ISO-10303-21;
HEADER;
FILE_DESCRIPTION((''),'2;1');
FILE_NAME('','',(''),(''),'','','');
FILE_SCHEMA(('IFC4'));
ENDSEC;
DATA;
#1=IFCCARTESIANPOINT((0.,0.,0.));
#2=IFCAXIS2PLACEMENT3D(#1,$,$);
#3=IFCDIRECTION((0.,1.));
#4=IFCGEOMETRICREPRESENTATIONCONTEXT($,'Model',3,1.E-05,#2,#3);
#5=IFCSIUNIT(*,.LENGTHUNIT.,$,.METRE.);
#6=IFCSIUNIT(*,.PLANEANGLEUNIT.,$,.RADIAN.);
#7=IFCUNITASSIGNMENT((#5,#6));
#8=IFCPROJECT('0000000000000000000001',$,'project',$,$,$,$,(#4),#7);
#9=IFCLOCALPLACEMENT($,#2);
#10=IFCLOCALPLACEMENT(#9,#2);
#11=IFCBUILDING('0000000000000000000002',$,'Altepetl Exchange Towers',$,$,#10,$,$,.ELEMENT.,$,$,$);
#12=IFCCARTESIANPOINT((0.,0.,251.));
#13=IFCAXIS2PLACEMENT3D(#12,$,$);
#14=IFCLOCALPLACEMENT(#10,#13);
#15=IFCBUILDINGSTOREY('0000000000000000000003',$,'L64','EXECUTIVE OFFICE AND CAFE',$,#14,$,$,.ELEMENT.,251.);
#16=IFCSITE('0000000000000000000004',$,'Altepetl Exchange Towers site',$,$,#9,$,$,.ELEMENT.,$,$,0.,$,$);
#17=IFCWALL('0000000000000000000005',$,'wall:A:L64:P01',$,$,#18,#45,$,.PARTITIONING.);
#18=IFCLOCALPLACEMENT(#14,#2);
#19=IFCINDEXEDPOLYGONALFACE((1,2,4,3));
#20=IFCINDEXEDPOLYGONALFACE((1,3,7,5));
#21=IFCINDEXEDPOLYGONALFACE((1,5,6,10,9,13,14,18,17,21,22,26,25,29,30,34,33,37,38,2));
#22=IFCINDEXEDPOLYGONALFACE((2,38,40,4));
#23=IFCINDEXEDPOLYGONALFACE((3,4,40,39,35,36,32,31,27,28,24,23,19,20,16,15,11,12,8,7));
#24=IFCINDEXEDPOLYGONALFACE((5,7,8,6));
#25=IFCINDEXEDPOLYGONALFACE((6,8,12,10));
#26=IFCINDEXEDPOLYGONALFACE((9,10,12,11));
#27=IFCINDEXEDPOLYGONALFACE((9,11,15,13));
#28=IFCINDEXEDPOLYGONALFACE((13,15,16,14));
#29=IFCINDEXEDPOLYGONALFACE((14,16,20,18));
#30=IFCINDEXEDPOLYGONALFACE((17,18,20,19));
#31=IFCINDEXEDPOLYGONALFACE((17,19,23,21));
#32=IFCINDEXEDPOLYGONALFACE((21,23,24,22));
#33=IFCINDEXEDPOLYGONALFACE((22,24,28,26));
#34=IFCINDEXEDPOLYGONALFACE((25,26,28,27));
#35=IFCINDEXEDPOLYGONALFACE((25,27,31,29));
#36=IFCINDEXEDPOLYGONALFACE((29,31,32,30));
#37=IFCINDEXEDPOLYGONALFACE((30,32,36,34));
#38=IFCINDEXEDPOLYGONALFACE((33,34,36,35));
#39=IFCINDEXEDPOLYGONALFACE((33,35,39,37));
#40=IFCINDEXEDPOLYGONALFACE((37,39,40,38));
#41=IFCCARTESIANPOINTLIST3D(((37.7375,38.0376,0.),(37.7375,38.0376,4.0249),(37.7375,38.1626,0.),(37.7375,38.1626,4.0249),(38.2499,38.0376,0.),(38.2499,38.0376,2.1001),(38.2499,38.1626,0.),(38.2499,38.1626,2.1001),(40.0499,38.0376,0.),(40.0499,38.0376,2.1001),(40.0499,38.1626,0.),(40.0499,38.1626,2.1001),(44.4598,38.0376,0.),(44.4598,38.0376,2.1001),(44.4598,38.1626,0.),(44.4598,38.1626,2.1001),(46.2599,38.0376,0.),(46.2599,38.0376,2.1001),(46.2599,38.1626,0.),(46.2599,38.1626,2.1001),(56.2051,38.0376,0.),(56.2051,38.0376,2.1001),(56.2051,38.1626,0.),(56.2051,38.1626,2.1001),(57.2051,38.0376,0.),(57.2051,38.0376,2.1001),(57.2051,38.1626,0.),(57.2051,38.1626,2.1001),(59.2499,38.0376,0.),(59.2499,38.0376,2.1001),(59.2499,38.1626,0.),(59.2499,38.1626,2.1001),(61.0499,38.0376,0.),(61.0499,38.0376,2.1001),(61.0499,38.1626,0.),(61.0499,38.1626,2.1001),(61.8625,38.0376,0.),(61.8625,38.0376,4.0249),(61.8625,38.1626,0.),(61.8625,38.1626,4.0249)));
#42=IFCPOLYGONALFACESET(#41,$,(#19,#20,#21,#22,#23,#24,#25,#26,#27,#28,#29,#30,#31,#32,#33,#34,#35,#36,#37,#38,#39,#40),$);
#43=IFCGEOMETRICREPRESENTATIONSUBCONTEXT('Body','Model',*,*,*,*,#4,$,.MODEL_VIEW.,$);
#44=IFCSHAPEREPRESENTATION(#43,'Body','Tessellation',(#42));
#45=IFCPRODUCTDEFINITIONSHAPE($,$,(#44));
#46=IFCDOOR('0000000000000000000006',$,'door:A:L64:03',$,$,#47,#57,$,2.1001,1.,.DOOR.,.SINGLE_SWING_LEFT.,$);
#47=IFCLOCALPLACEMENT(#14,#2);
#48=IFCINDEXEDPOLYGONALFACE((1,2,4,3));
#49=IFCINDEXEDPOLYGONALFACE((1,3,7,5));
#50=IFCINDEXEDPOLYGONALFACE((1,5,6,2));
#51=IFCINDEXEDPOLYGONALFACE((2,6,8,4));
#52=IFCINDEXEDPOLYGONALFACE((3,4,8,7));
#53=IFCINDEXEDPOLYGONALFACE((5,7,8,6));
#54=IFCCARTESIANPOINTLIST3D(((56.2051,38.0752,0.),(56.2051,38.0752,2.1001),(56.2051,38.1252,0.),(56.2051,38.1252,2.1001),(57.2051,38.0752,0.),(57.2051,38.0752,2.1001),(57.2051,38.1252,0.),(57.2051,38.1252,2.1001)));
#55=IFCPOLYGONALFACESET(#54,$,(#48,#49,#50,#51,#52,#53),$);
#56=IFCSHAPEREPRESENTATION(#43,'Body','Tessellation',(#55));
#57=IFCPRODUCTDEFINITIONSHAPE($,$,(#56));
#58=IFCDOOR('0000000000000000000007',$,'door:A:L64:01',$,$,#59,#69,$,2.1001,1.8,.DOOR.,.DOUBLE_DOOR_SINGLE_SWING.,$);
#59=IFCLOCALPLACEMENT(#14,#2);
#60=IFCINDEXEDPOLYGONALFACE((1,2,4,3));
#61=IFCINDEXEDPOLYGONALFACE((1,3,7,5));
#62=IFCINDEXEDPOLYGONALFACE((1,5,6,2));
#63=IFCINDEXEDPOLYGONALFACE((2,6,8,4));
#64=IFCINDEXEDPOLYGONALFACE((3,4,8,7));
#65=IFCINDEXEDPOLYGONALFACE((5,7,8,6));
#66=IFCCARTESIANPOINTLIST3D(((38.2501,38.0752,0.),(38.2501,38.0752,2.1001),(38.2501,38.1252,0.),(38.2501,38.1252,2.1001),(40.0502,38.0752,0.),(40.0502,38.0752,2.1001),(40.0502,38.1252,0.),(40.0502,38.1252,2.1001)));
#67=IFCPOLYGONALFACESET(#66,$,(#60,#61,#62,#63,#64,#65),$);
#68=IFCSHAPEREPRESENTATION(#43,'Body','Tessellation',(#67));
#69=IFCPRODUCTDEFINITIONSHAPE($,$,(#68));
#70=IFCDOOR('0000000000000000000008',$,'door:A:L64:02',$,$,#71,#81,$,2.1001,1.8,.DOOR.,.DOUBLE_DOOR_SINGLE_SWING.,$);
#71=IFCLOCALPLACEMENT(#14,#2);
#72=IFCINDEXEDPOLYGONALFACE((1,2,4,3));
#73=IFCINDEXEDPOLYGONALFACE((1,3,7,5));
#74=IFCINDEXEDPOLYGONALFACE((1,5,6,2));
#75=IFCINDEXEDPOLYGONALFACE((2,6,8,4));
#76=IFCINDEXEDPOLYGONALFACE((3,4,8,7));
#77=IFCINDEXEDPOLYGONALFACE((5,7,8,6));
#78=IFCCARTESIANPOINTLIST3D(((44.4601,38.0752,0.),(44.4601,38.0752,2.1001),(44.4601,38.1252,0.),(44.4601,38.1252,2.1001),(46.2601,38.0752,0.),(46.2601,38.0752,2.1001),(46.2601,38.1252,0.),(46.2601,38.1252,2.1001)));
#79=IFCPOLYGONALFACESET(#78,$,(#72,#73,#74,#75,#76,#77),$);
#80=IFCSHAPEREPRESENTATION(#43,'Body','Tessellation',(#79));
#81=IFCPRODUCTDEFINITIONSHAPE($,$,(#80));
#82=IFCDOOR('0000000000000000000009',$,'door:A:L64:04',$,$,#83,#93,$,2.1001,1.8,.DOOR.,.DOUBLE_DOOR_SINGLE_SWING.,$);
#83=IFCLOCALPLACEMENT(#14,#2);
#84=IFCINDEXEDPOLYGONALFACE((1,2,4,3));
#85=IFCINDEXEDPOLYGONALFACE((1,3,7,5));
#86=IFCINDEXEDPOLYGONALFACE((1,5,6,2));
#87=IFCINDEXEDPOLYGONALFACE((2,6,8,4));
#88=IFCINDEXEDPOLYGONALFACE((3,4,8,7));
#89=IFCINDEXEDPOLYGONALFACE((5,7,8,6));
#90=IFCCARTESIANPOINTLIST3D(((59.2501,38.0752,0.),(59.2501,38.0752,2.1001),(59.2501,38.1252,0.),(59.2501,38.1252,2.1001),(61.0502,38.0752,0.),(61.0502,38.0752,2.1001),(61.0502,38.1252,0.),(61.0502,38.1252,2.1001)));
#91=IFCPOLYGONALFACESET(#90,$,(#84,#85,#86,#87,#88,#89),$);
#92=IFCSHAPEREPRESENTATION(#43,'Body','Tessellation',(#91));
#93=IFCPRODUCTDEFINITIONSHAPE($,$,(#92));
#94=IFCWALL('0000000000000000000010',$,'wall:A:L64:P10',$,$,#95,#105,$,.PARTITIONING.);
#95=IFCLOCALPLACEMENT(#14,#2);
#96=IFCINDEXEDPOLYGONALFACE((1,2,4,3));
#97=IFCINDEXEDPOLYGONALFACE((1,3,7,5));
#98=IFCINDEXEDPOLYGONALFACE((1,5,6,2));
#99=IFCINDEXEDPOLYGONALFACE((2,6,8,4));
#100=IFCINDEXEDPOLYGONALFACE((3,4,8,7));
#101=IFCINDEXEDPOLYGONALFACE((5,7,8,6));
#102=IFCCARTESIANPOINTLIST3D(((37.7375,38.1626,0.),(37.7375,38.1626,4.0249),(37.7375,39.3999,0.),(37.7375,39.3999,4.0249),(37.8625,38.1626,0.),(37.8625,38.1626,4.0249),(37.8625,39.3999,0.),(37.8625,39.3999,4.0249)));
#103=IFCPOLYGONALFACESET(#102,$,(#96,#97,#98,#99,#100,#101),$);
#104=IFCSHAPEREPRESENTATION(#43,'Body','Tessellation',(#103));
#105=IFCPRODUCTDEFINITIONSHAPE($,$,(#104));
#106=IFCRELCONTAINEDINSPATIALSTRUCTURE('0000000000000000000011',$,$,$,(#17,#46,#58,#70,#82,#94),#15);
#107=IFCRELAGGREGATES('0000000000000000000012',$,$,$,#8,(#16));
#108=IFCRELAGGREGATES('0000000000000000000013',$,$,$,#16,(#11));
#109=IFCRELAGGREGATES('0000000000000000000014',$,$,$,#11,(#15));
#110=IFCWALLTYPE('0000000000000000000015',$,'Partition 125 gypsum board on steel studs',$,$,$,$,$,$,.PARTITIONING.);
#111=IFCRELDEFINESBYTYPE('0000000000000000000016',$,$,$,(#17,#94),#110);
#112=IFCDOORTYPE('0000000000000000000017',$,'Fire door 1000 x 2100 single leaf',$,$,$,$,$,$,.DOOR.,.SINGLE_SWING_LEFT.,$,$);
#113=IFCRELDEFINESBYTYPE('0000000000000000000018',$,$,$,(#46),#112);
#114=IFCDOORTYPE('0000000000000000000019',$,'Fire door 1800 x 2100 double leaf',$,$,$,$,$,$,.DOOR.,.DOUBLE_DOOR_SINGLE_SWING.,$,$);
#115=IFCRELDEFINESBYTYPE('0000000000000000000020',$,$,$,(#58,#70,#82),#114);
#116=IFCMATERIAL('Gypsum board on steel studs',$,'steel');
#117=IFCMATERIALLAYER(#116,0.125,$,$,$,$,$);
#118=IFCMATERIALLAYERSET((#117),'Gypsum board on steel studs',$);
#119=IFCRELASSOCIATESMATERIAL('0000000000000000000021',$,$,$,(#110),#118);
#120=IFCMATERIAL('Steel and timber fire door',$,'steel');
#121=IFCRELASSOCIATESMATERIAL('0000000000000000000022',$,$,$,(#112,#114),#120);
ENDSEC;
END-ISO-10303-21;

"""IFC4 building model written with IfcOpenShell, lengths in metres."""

from ifc_helpers import new_model, si_unit, direction, frame, frame_2d, origin, place, context, subcontext, project, spatial, rectangle, extrude, material, layer, layer_set, type_object, element, fill, save


model = new_model("IFC4")

# Units and contexts
model_context = context("Model", 3, precision=1e-05, world=origin(), true_north=direction((0.0, 1.0)))
body_context = subcontext(model_context, "Body", "Model", "MODEL_VIEW")
ifc_project = project(units=[si_unit("LENGTHUNIT", "METRE"), si_unit("PLANEANGLEUNIT", "RADIAN")], contexts=[model_context])

# Site, building, storey
site_placement = place(None, origin())
site = spatial("IfcSite", under=ifc_project, at=site_placement, Name="Altepetl Exchange Towers site", CompositionType="ELEMENT", RefElevation=0.0)
building_placement = place(site_placement, origin())
building = spatial("IfcBuilding", under=site, at=building_placement, Name="Altepetl Exchange Towers", CompositionType="ELEMENT")
storey_placement = place(building_placement, frame((0.0, 0.0, 251.0)))
storey = spatial("IfcBuildingStorey", under=building, at=storey_placement, Name="L64", Description="EXECUTIVE OFFICE AND CAFE", CompositionType="ELEMENT", Elevation=251.0)

# Wall, openings, doors
ifc_material_1 = material(Name="Gypsum board on steel studs", Category="steel")
ifc_layer_1 = layer(ifc_material_1, 0.125)
ifc_layer_set_1 = layer_set([ifc_layer_1], Name="Gypsum board on steel studs")
wall_type = type_object("IfcWallType", Name="Partition 125 gypsum board on steel studs", PredefinedType="PARTITIONING", material=ifc_layer_set_1)
wall_1_placement = place(storey_placement, frame((37.7375, 38.1001, 0.0)))
wall_1 = element("IfcWall", 1, at=wall_1_placement, inside=storey, type_object=wall_type, Name="wall:A:L64:P01", PredefinedType="PARTITIONING", context=body_context, shape_type="SweptSolid", body=[
    extrude(rectangle(XDim=24.125, YDim=0.125, at=frame_2d((12.0625, 0.0))), origin(), (0.0, 0.0, 1.0), 4.0249),
])
opening_1_placement = place(wall_1_placement, frame((0.5125, 0.0, 0.0)))
opening_1 = element("IfcOpeningElement", 2, at=opening_1_placement, cuts=wall_1, PredefinedType="OPENING", context=body_context, shape_type="SweptSolid", body=[
    extrude(rectangle(XDim=1.8, YDim=2.1001, at=frame_2d((0.8999, 1.05))), frame((0.0, 0.0725, 0.0), z_axis=(0.0, -1.0, 0.0), x_axis=(1.0, 0.0, 0.0)), (0.0, 0.0, 1.0), 0.145),
])
opening_2_placement = place(wall_1_placement, frame((6.7224, 0.0, 0.0)))
opening_2 = element("IfcOpeningElement", 3, at=opening_2_placement, cuts=wall_1, PredefinedType="OPENING", context=body_context, shape_type="SweptSolid", body=[
    extrude(rectangle(XDim=1.8, YDim=2.1001, at=frame_2d((0.8999, 1.05))), frame((0.0, 0.0725, 0.0), z_axis=(0.0, -1.0, 0.0), x_axis=(1.0, 0.0, 0.0)), (0.0, 0.0, 1.0), 0.145),
])
opening_3_placement = place(wall_1_placement, frame((18.4675, 0.0, 0.0)))
opening_3 = element("IfcOpeningElement", 4, at=opening_3_placement, cuts=wall_1, PredefinedType="OPENING", context=body_context, shape_type="SweptSolid", body=[
    extrude(rectangle(XDim=1.0, YDim=2.1001, at=frame_2d((0.5, 1.05))), frame((0.0, 0.0725, 0.0), z_axis=(0.0, -1.0, 0.0), x_axis=(1.0, 0.0, 0.0)), (0.0, 0.0, 1.0), 0.145),
])
opening_4_placement = place(wall_1_placement, frame((21.5125, 0.0, 0.0)))
opening_4 = element("IfcOpeningElement", 5, at=opening_4_placement, cuts=wall_1, PredefinedType="OPENING", context=body_context, shape_type="SweptSolid", body=[
    extrude(rectangle(XDim=1.8, YDim=2.1001, at=frame_2d((0.8999, 1.05))), frame((0.0, 0.0725, 0.0), z_axis=(0.0, -1.0, 0.0), x_axis=(1.0, 0.0, 0.0)), (0.0, 0.0, 1.0), 0.145),
])
ifc_material_2 = material(Name="Steel and timber fire door", Category="steel")
door_type_1 = type_object("IfcDoorType", Name="Fire door 1000 x 2100 single leaf", OperationType="SINGLE_SWING_LEFT", PredefinedType="DOOR", material=ifc_material_2)
door_1_placement = place(opening_3_placement, frame((1.0, 0.0, 0.0), x_axis=(-1.0, 0.0, 0.0)))
door_1 = element("IfcDoor", 6, at=door_1_placement, inside=storey, type_object=door_type_1, Name="door:A:L64:03", OperationType="SINGLE_SWING_LEFT", OverallHeight=2.1001, OverallWidth=1.0, PredefinedType="DOOR", context=body_context, shape_type="SweptSolid", body=[
    extrude(rectangle(XDim=1.0, YDim=2.1001, at=frame_2d((0.5, 1.05))), frame((0.0, 0.0249, 0.0), z_axis=(0.0, -1.0, 0.0), x_axis=(1.0, 0.0, 0.0)), (0.0, 0.0, 1.0), 0.05),
])
fill(opening_3, door_1)
door_type_2 = type_object("IfcDoorType", Name="Fire door 1800 x 2100 double leaf", OperationType="DOUBLE_DOOR_SINGLE_SWING", PredefinedType="DOOR", material=ifc_material_2)
door_2_placement = place(opening_1_placement, frame((1.8, 0.0, 0.0), x_axis=(-1.0, 0.0, 0.0)))
door_2 = element("IfcDoor", 7, at=door_2_placement, inside=storey, type_object=door_type_2, Name="door:A:L64:01", OperationType="DOUBLE_DOOR_SINGLE_SWING", OverallHeight=2.1001, OverallWidth=1.8, PredefinedType="DOOR", context=body_context, shape_type="SweptSolid", body=[
    extrude(rectangle(XDim=1.8, YDim=2.1001, at=frame_2d((0.8999, 1.05))), frame((0.0, 0.0249, 0.0), z_axis=(0.0, -1.0, 0.0), x_axis=(1.0, 0.0, 0.0)), (0.0, 0.0, 1.0), 0.05),
])
fill(opening_1, door_2)
door_3_placement = place(opening_2_placement, frame((1.8, 0.0, 0.0), x_axis=(-1.0, 0.0, 0.0)))
door_3 = element("IfcDoor", 8, at=door_3_placement, inside=storey, type_object=door_type_2, Name="door:A:L64:02", OperationType="DOUBLE_DOOR_SINGLE_SWING", OverallHeight=2.1001, OverallWidth=1.8, PredefinedType="DOOR", context=body_context, shape_type="SweptSolid", body=[
    extrude(rectangle(XDim=1.8, YDim=2.1001, at=frame_2d((0.8999, 1.05))), frame((0.0, 0.0249, 0.0), z_axis=(0.0, -1.0, 0.0), x_axis=(1.0, 0.0, 0.0)), (0.0, 0.0, 1.0), 0.05),
])
fill(opening_2, door_3)
door_4_placement = place(opening_4_placement, frame((1.8, 0.0, 0.0), x_axis=(-1.0, 0.0, 0.0)))
door_4 = element("IfcDoor", 9, at=door_4_placement, inside=storey, type_object=door_type_2, Name="door:A:L64:04", OperationType="DOUBLE_DOOR_SINGLE_SWING", OverallHeight=2.1001, OverallWidth=1.8, PredefinedType="DOOR", context=body_context, shape_type="SweptSolid", body=[
    extrude(rectangle(XDim=1.8, YDim=2.1001, at=frame_2d((0.8999, 1.05))), frame((0.0, 0.0249, 0.0), z_axis=(0.0, -1.0, 0.0), x_axis=(1.0, 0.0, 0.0)), (0.0, 0.0, 1.0), 0.05),
])
fill(opening_4, door_4)

# Wall
wall_2_placement = place(storey_placement, frame((37.8, 38.1626, 0.0), z_axis=(0.0, 0.0, 1.0), x_axis=(0.0, 1.0, 0.0)))
element("IfcWall", 10, at=wall_2_placement, inside=storey, type_object=wall_type, Name="wall:A:L64:P10", PredefinedType="PARTITIONING", context=body_context, shape_type="SweptSolid", body=[
    extrude(rectangle(XDim=1.2373, YDim=0.125, at=frame_2d((0.6187, 0.0))), origin(), (0.0, 0.0, 1.0), 4.0249),
])

save(model, "model.ifc")
